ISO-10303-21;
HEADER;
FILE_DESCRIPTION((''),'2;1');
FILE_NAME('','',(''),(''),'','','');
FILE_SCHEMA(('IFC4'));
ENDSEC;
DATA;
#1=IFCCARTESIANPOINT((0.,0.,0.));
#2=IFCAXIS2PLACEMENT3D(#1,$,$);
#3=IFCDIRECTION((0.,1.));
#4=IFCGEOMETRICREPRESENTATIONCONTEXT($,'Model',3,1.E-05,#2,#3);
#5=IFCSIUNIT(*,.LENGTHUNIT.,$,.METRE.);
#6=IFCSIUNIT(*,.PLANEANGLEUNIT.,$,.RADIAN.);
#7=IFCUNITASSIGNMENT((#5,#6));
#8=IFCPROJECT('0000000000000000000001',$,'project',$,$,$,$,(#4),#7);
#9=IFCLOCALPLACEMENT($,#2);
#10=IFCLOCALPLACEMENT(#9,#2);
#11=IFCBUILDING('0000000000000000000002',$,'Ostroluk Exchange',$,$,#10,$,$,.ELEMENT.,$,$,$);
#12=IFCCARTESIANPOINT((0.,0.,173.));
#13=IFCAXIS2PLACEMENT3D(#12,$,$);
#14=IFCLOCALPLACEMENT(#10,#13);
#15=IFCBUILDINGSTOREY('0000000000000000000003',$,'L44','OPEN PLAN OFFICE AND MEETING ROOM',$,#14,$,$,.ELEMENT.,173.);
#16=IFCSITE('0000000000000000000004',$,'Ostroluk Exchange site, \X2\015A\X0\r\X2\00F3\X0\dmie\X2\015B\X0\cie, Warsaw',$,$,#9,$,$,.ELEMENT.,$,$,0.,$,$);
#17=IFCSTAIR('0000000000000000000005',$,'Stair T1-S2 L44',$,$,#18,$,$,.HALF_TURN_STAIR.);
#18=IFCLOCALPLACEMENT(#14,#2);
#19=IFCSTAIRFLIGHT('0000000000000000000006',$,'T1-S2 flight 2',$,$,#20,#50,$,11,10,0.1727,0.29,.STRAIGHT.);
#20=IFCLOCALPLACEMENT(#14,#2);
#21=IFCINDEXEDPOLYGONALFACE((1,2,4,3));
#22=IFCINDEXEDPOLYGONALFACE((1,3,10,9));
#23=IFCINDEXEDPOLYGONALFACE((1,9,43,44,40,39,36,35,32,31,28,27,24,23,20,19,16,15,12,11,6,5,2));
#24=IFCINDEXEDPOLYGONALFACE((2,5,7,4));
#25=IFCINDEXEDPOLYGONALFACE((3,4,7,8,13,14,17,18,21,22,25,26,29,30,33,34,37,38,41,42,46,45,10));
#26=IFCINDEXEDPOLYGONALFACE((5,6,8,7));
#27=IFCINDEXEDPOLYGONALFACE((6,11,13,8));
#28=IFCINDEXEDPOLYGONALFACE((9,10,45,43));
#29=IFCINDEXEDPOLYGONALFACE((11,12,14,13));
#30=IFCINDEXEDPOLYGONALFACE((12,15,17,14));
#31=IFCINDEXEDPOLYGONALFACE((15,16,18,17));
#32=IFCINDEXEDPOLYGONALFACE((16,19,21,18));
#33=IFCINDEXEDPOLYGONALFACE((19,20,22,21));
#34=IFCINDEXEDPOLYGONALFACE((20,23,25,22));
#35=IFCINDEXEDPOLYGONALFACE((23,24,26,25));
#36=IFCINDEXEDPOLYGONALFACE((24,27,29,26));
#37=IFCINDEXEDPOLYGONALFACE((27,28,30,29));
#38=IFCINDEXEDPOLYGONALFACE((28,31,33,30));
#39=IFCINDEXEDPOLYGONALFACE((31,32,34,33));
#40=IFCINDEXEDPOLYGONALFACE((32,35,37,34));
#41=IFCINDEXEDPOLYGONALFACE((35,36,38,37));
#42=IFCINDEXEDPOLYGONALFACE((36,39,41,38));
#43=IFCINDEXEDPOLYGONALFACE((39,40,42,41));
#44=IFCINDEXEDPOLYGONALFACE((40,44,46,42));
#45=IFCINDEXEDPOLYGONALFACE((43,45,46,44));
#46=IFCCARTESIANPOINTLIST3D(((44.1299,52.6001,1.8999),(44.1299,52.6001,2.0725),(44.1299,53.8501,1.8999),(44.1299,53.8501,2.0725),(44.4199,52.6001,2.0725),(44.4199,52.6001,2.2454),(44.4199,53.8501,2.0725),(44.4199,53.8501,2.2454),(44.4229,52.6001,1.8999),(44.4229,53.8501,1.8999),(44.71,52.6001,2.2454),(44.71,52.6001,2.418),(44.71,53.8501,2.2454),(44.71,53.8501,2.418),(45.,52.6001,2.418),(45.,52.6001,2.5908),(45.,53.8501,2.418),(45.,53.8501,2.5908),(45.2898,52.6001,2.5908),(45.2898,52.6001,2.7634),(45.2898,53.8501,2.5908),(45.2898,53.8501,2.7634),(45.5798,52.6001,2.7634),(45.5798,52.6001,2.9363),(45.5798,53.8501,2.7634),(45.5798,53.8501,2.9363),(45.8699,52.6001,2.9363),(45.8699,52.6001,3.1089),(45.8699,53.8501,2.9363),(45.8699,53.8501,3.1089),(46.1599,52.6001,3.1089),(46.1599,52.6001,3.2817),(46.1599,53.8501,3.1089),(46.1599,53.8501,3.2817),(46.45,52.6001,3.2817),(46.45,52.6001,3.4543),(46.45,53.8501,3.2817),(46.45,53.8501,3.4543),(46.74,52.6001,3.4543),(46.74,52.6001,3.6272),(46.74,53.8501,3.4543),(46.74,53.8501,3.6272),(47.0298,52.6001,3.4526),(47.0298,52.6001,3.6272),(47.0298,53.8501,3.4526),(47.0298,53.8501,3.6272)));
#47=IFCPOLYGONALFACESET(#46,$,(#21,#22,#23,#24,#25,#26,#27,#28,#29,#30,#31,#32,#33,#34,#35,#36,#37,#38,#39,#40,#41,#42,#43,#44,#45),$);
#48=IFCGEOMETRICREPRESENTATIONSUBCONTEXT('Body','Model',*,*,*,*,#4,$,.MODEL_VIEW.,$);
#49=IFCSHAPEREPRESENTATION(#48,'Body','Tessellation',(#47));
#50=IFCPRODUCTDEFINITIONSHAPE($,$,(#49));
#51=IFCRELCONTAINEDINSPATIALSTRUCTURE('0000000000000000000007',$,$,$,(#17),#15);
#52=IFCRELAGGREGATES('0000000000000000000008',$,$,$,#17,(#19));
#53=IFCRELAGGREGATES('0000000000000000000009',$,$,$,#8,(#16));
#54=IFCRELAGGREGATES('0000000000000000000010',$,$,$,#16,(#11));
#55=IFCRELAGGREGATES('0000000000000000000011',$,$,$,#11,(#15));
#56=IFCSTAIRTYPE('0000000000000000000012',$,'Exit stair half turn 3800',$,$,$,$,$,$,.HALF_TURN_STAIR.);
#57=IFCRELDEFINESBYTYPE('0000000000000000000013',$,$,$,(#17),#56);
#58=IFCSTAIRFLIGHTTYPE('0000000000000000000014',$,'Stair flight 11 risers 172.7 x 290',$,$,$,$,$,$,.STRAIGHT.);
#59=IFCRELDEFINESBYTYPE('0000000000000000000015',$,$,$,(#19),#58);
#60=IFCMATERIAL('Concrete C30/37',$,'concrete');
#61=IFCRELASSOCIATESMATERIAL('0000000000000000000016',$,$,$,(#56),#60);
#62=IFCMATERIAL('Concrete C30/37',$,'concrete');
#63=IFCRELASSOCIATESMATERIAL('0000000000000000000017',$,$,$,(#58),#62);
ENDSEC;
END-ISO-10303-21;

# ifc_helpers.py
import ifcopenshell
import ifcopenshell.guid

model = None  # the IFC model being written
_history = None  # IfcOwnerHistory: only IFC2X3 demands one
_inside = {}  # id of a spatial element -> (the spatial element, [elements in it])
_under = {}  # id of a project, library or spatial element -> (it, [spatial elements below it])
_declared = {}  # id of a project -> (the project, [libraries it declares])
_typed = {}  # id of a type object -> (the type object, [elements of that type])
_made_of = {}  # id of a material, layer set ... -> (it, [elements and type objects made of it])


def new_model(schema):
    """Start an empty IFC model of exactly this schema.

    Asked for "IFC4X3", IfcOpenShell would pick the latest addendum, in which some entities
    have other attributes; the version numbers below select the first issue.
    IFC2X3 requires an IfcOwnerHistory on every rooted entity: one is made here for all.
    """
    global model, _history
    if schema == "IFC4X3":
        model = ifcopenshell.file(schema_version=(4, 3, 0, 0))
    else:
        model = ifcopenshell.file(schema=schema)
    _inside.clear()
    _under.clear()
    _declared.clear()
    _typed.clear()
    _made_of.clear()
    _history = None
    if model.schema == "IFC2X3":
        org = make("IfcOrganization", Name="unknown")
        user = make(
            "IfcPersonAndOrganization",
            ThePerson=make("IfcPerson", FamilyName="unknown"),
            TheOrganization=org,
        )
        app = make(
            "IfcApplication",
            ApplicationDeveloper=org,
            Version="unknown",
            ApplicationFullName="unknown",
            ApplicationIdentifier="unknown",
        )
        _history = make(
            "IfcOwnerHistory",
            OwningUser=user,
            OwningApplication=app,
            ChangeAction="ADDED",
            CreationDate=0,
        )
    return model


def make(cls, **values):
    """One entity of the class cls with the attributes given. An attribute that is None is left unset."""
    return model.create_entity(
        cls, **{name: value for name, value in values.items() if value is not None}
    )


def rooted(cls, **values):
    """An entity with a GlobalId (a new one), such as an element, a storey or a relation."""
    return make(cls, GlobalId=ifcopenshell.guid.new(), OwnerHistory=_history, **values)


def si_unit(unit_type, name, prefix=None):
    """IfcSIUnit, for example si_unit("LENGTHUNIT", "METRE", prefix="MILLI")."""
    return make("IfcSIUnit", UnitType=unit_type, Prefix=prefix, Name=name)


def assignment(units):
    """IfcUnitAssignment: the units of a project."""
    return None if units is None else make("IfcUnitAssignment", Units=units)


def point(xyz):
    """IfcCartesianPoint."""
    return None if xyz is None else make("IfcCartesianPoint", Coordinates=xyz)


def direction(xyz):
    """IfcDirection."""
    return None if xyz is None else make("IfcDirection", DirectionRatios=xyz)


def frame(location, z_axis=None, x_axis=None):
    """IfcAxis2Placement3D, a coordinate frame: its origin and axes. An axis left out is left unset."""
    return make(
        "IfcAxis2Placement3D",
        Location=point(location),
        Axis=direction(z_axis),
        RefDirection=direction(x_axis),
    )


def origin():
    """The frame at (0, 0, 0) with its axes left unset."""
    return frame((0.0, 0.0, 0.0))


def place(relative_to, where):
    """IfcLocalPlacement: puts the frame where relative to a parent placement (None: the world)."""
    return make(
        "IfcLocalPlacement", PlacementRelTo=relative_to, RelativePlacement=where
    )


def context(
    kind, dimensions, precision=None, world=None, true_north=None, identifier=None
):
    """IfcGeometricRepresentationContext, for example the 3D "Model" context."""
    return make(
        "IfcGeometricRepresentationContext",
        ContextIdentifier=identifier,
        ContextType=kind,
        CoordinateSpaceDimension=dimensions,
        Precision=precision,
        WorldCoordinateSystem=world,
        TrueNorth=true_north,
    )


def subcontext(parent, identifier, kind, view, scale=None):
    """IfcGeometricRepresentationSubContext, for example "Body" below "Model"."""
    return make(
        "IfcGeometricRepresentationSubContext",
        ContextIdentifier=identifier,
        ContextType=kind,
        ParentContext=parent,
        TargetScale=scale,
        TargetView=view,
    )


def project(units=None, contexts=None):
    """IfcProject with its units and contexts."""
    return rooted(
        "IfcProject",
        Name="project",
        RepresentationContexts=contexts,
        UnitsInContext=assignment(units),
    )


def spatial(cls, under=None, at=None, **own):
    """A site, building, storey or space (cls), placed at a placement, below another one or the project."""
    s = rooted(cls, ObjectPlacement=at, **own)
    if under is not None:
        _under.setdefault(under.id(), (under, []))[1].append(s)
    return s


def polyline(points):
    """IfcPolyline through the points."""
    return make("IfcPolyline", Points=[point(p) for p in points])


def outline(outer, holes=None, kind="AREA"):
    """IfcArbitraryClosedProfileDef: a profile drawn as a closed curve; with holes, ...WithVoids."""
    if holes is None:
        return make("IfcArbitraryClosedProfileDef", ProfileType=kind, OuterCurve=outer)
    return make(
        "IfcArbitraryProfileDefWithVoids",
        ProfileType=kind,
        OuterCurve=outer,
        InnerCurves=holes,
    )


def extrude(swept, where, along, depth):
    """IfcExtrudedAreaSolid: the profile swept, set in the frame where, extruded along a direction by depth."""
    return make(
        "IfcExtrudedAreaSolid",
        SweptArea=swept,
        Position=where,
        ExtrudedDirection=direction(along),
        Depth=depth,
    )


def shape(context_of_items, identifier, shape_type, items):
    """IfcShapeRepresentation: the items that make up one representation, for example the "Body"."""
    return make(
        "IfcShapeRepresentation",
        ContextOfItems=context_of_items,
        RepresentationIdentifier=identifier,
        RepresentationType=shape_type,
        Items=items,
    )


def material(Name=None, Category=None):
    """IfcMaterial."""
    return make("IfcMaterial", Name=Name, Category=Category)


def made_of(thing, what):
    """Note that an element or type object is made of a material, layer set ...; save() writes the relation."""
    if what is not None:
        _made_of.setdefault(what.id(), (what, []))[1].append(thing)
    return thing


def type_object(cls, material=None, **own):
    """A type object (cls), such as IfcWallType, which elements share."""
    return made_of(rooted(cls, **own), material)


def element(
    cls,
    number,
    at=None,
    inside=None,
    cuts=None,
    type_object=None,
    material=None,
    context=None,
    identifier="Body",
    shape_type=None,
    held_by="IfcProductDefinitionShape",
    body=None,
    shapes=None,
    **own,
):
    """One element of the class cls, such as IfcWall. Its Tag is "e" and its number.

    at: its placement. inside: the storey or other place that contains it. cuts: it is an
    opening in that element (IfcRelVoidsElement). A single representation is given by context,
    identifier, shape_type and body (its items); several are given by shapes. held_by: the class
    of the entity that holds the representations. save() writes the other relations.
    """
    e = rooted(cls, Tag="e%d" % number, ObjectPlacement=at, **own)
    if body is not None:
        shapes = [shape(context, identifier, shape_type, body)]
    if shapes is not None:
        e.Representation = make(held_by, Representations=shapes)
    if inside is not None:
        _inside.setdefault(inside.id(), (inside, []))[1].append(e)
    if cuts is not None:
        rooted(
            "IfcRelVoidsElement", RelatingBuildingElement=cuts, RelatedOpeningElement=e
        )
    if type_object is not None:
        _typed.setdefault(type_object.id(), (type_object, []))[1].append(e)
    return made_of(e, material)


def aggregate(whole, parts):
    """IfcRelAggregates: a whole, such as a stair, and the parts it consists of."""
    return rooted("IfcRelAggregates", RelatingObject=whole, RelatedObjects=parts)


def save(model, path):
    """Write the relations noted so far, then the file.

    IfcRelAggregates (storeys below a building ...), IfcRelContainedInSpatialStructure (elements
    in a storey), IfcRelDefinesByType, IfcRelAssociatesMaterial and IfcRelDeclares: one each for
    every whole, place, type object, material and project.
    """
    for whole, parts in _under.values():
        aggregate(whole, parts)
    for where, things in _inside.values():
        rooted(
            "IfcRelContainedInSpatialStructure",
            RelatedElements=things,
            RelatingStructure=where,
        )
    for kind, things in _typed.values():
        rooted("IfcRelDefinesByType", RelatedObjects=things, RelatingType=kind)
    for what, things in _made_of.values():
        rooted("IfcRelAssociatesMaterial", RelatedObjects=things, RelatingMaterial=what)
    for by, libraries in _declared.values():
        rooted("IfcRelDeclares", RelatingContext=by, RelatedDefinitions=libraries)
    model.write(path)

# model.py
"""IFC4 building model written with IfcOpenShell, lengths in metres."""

from ifc_helpers import new_model, si_unit, direction, frame, origin, place, context, subcontext, project, spatial, polyline, outline, extrude, material, type_object, element, aggregate, save


model = new_model("IFC4")

# Units and contexts
model_context = context("Model", 3, precision=1e-05, world=origin(), true_north=direction((0.0, 1.0)))
body_context = subcontext(model_context, "Body", "Model", "MODEL_VIEW")
ifc_project = project(units=[si_unit("LENGTHUNIT", "METRE"), si_unit("PLANEANGLEUNIT", "RADIAN")], contexts=[model_context])

# Site, building, storey
site_placement = place(None, origin())
site = spatial("IfcSite", under=ifc_project, at=site_placement, Name="Ostroluk Exchange site, Śródmieście, Warsaw", CompositionType="ELEMENT", RefElevation=0.0)
building_placement = place(site_placement, origin())
building = spatial("IfcBuilding", under=site, at=building_placement, Name="Ostroluk Exchange", CompositionType="ELEMENT")
storey_placement = place(building_placement, frame((0.0, 0.0, 173.0)))
storey = spatial("IfcBuildingStorey", under=building, at=storey_placement, Name="L44", Description="OPEN PLAN OFFICE AND MEETING ROOM", CompositionType="ELEMENT", Elevation=173.0)

# Stair, stair flight
ifc_material_1 = material(Name="Concrete C30/37", Category="concrete")
stair_type = type_object("IfcStairType", Name="Exit stair half turn 3800", PredefinedType="HALF_TURN_STAIR", material=ifc_material_1)
stair_placement = place(storey_placement, origin())
stair = element("IfcStair", 1, at=stair_placement, inside=storey, type_object=stair_type, Name="Stair T1-S2 L44", PredefinedType="HALF_TURN_STAIR")
ifc_material_2 = material(Name="Concrete C30/37", Category="concrete")
stair_flight_type = type_object("IfcStairFlightType", Name="Stair flight 11 risers 172.7 x 290", PredefinedType="STRAIGHT", material=ifc_material_2)
stair_flight_placement = place(storey_placement, frame((44.1299, 53.2251, 1.8999), z_axis=(0.0, 0.0, 1.0), x_axis=(1.0, 0.0, 0.0)))
stair_flight = element("IfcStairFlight", 2, at=stair_flight_placement, type_object=stair_flight_type, Name="T1-S2 flight 2", NumberOfRisers=11, NumberOfTreads=10, PredefinedType="STRAIGHT", RiserHeight=0.1727, TreadLength=0.29, context=body_context, shape_type="SweptSolid", body=[
    extrude(outline(polyline([(0.0, 0.0), (0.0, 0.1726), (0.29, 0.1726), (0.29, 0.3455), (0.5801, 0.3455), (0.5801, 0.5181), (0.8701, 0.5181), (0.8701, 0.6909), (1.1599, 0.6909), (1.1599, 0.8635), (1.45, 0.8635), (1.45, 1.0364), (1.74, 1.0364), (1.74, 1.209), (2.03, 1.209), (2.03, 1.3818), (2.3201, 1.3818), (2.3201, 1.5544), (2.6101, 1.5544), (2.6101, 1.7273), (2.8999, 1.7273), (2.8999, 1.8999), (2.8999, 1.5527), (0.293, 0.0), (0.0, 0.0)])), frame((0.0, 0.625, 0.0), z_axis=(0.0, -1.0, 0.0), x_axis=(1.0, 0.0, 0.0)), (0.0, 0.0, 1.0), 1.25),
])
aggregate(stair, [stair_flight])

save(model, "model.ifc")
